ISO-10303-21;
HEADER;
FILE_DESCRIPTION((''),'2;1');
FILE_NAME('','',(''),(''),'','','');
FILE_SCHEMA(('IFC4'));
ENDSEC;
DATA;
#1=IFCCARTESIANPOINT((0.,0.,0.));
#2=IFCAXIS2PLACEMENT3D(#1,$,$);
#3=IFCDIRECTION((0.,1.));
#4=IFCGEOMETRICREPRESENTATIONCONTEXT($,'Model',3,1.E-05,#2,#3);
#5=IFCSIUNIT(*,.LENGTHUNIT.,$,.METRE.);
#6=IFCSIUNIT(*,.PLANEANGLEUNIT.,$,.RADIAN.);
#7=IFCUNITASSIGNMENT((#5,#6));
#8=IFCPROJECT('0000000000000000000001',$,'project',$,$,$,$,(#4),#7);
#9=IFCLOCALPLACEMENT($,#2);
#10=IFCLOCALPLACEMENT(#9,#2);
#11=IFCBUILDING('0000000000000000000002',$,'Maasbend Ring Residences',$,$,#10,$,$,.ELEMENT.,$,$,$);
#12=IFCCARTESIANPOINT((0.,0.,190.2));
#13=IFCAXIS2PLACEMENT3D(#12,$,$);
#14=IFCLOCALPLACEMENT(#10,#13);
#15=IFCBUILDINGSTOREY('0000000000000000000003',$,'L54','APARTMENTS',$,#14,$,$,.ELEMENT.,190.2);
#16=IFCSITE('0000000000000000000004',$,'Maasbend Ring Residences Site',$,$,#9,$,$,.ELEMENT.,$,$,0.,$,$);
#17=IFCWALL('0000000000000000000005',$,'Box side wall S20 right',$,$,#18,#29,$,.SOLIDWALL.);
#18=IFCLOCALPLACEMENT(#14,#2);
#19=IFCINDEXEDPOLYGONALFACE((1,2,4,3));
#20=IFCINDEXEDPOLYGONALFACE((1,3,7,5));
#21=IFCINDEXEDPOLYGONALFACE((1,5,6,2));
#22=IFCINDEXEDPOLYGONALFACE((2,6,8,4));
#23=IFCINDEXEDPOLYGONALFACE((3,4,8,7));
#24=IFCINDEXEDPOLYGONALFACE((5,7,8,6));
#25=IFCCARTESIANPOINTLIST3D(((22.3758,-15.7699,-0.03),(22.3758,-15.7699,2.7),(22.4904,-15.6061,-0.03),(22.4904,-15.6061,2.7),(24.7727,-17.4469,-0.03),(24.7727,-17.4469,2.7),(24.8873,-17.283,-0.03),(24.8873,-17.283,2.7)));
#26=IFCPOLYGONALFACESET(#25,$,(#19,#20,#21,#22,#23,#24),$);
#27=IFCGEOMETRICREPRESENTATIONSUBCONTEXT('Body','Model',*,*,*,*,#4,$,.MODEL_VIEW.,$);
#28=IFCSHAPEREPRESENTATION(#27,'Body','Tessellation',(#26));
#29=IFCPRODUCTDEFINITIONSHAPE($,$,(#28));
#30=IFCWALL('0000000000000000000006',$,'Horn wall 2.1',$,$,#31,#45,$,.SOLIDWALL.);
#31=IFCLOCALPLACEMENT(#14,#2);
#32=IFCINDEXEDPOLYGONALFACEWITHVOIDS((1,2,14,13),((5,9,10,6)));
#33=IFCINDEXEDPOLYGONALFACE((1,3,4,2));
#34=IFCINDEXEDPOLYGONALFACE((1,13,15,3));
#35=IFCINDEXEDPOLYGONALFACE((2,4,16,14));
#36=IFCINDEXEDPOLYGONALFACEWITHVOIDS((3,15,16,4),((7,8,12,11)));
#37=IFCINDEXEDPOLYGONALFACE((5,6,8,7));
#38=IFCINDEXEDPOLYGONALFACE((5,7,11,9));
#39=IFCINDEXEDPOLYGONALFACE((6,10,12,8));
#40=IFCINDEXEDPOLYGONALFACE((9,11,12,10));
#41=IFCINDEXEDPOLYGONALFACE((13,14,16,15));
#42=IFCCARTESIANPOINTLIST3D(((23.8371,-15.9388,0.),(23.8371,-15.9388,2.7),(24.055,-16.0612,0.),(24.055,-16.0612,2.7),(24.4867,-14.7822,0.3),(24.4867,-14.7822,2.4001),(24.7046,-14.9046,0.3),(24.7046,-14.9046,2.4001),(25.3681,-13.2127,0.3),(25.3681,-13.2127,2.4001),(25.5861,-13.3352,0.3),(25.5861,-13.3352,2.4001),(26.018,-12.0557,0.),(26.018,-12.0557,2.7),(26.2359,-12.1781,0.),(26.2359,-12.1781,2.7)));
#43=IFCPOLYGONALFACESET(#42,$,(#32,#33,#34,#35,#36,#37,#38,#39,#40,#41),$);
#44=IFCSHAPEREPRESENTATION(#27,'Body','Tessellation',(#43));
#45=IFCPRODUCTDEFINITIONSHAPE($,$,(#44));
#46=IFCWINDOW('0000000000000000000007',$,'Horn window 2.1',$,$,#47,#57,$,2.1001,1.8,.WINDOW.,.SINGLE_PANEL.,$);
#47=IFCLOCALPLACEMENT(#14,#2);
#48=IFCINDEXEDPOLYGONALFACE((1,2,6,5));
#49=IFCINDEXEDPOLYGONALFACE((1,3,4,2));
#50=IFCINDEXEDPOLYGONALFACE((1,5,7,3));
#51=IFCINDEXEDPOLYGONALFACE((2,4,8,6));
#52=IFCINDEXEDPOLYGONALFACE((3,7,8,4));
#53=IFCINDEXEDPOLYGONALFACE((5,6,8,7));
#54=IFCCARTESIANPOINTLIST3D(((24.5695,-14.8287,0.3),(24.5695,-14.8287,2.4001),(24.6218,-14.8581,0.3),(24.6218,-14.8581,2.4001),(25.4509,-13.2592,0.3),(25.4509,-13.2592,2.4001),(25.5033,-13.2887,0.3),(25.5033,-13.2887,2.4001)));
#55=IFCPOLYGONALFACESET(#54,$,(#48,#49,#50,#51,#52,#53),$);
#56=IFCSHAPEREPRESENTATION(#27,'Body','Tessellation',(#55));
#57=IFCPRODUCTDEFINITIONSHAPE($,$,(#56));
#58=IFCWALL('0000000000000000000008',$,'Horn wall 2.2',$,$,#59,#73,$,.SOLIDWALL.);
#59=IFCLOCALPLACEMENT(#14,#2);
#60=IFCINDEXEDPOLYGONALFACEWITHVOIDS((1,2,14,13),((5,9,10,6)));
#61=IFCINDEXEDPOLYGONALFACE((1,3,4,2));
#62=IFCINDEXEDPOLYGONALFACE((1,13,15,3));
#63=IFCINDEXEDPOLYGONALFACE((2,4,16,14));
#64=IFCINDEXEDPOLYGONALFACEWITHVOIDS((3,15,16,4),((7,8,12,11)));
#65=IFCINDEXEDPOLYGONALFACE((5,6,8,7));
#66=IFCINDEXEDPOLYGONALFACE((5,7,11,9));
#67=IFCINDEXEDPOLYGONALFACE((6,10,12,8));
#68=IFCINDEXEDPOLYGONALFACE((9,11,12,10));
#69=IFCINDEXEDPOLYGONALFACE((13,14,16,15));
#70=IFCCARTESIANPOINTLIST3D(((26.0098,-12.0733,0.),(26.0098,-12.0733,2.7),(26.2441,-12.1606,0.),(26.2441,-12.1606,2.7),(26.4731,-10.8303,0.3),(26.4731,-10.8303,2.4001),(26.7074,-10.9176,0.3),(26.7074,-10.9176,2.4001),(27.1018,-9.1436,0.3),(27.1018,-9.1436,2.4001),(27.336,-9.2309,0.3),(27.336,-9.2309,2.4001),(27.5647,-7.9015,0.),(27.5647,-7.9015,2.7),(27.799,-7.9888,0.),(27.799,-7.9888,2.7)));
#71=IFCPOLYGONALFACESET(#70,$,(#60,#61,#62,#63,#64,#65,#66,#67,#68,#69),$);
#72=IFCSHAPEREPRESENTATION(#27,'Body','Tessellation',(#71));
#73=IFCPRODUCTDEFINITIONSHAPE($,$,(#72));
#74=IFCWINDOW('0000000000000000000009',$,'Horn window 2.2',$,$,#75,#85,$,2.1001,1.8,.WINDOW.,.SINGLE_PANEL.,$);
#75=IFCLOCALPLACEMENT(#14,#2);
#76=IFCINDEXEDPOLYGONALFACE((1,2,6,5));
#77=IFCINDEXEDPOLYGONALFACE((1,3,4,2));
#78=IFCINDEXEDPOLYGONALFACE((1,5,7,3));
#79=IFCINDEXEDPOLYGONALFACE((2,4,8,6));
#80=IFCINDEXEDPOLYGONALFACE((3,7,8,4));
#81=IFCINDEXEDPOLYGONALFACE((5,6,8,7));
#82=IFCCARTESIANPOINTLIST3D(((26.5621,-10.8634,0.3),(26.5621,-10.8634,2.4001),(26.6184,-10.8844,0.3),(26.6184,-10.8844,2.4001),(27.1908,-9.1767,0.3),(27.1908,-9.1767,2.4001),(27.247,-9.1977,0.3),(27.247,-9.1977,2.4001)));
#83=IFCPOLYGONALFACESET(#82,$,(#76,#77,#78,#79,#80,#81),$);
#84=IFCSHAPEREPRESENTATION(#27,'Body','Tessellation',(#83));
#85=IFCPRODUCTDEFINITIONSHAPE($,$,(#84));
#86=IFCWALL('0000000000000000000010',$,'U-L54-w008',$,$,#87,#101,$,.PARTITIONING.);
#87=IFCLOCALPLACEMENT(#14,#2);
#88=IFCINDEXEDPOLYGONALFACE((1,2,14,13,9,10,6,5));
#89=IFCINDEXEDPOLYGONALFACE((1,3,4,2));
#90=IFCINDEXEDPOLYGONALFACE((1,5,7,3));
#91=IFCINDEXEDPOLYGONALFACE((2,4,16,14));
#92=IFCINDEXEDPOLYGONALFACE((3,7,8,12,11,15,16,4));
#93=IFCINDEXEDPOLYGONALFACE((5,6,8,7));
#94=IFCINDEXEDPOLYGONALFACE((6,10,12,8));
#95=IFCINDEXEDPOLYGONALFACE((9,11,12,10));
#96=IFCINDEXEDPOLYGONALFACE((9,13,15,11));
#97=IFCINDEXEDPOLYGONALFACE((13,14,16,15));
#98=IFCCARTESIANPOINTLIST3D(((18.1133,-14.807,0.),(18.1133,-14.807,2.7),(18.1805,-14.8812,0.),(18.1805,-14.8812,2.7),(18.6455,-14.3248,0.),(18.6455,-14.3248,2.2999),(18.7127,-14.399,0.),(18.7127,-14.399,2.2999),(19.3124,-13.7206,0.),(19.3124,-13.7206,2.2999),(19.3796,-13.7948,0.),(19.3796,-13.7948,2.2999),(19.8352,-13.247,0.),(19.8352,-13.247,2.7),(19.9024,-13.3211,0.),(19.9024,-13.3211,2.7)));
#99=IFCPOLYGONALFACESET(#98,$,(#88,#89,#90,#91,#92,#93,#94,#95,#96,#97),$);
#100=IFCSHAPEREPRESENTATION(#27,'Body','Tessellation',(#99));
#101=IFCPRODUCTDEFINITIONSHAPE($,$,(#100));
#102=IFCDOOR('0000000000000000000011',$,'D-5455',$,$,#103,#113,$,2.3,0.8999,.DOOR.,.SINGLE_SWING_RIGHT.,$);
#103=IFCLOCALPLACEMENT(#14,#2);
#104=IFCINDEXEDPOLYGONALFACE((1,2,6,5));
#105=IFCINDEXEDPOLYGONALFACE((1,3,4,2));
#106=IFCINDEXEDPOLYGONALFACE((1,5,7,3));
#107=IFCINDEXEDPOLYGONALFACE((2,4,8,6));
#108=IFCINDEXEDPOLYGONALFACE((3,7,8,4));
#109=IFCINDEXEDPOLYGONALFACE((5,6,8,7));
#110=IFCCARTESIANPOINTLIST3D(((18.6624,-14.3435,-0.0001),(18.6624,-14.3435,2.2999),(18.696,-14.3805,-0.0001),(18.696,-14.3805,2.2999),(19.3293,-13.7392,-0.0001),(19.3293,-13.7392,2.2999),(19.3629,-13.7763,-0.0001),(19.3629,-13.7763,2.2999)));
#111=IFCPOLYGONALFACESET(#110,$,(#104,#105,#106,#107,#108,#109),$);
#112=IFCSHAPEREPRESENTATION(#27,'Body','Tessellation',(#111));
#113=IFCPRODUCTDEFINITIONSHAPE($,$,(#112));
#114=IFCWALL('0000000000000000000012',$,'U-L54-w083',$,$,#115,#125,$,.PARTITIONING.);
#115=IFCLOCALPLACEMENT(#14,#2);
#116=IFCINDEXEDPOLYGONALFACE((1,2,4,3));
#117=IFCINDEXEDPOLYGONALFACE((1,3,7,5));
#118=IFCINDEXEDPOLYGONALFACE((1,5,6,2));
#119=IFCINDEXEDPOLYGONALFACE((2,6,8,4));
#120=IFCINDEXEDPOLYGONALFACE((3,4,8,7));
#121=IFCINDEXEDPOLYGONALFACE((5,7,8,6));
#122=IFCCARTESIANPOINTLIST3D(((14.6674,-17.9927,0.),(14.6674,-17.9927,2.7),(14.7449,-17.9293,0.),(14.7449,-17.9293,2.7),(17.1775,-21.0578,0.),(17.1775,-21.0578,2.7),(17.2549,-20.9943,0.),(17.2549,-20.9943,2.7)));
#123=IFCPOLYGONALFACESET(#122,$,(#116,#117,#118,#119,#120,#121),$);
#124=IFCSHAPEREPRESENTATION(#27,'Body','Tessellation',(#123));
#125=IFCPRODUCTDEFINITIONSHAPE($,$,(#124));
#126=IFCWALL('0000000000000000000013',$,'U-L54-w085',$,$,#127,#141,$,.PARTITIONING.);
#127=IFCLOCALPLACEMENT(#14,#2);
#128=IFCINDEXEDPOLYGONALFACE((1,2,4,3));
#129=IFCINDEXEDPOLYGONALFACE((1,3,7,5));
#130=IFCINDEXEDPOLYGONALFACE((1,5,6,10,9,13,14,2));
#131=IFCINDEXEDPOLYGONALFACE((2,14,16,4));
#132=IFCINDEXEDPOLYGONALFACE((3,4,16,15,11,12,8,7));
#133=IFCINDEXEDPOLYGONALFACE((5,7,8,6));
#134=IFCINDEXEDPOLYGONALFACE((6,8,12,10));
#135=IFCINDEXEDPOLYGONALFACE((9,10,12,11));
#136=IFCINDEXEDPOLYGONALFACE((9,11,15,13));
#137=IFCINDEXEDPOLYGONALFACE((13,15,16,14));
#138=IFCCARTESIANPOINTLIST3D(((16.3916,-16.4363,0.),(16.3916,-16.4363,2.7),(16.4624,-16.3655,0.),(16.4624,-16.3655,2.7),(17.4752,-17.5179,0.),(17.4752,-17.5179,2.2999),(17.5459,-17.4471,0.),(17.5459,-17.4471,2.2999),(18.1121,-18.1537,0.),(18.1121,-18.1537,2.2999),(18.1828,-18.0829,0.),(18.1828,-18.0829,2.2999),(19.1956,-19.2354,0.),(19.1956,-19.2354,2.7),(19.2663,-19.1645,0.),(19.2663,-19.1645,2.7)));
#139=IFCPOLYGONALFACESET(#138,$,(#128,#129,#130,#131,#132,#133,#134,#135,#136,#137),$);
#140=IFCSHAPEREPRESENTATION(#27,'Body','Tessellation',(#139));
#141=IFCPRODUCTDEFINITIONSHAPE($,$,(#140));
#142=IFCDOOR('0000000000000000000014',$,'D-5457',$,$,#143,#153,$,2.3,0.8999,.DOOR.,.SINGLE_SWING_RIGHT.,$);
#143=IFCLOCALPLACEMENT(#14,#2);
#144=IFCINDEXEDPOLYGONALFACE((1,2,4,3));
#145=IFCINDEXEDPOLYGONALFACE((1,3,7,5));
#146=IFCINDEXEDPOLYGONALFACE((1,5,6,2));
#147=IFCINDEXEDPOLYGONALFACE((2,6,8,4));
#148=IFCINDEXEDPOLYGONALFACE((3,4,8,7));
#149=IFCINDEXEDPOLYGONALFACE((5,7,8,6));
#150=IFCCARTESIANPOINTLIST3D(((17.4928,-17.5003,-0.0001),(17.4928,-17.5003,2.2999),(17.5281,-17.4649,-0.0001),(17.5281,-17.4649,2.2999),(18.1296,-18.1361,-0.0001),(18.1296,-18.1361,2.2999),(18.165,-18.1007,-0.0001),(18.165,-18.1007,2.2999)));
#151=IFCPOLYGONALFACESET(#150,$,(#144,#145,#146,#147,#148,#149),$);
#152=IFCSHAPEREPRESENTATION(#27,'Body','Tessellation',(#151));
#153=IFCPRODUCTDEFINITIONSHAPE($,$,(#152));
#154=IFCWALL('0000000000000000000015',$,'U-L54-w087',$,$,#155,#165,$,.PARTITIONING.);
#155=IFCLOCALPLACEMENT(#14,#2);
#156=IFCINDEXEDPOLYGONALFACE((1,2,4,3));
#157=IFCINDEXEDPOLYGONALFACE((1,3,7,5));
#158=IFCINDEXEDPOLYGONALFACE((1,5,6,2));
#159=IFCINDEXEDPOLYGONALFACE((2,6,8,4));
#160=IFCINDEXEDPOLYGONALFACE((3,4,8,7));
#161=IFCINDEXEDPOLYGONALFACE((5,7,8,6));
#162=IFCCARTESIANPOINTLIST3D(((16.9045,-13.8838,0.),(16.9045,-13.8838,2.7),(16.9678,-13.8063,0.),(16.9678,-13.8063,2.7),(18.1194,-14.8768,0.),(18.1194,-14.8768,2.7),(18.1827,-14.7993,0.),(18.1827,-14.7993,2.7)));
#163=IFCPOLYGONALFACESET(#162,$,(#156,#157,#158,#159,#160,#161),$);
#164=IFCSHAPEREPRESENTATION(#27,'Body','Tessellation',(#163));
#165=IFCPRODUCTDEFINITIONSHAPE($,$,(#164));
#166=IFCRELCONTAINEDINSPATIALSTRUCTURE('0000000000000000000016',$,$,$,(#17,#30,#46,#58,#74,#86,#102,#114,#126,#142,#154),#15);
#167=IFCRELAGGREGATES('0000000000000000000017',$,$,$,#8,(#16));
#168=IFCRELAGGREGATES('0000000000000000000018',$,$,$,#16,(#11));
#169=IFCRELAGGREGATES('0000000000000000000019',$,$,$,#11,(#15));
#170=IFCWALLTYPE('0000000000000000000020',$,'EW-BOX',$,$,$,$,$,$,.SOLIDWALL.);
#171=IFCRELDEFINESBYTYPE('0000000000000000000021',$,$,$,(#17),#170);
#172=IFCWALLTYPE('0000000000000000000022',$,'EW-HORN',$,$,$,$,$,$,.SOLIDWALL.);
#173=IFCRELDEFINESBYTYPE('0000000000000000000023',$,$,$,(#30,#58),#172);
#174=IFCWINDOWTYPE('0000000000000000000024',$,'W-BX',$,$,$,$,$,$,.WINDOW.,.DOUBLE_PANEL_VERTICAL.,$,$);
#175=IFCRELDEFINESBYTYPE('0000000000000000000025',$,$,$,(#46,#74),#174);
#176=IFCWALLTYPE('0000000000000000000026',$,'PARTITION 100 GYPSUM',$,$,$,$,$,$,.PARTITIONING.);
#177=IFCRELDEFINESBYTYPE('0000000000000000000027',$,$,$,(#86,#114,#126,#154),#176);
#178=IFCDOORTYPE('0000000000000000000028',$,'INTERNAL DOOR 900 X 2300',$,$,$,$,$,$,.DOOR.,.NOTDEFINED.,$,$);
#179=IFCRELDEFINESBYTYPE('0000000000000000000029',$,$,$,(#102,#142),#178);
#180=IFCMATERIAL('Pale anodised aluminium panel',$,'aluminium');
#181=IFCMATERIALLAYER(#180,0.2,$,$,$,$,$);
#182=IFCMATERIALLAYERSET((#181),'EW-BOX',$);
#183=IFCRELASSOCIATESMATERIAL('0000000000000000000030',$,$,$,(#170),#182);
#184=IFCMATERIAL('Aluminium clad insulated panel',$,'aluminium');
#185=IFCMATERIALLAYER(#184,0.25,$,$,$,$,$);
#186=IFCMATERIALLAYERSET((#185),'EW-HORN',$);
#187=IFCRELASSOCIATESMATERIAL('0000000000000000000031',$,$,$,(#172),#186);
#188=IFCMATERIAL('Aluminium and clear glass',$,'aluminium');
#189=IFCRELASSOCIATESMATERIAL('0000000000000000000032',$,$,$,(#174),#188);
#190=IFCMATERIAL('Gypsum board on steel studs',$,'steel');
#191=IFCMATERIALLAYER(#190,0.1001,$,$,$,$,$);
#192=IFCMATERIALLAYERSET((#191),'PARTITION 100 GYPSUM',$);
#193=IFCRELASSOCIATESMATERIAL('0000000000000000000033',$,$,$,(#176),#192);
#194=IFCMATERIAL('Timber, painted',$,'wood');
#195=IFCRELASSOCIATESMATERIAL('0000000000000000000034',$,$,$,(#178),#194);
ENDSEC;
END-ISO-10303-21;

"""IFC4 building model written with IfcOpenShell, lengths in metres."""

from ifc_helpers import new_model, si_unit, direction, frame, frame_2d, origin, place, context, subcontext, project, spatial, rectangle, extrude, material, layer, layer_set, type_object, element, fill, save


model = new_model("IFC4")

# Units and contexts
model_context = context("Model", 3, precision=1e-05, world=origin(), true_north=direction((0.0, 1.0)))
body_context = subcontext(model_context, "Body", "Model", "MODEL_VIEW")
ifc_project = project(units=[si_unit("LENGTHUNIT", "METRE"), si_unit("PLANEANGLEUNIT", "RADIAN")], contexts=[model_context])

# Site, building, storey
site_placement = place(None, origin())
site = spatial("IfcSite", under=ifc_project, at=site_placement, Name="Maasbend Ring Residences Site", CompositionType="ELEMENT", RefElevation=0.0)
building_placement = place(site_placement, origin())
building = spatial("IfcBuilding", under=site, at=building_placement, Name="Maasbend Ring Residences", CompositionType="ELEMENT")
storey_placement = place(building_placement, frame((0.0, 0.0, 190.2)))
storey = spatial("IfcBuildingStorey", under=building, at=storey_placement, Name="L54", Description="APARTMENTS", CompositionType="ELEMENT", Elevation=190.2)

# Wall
ifc_material_1 = material(Name="Pale anodised aluminium panel", Category="aluminium")
ifc_layer_1 = layer(ifc_material_1, 0.2)
ifc_layer_set_1 = layer_set([ifc_layer_1], Name="EW-BOX")
wall_type_1 = type_object("IfcWallType", Name="EW-BOX", PredefinedType="SOLIDWALL", material=ifc_layer_set_1)
wall_1_placement = place(storey_placement, frame((22.4331, -15.688, -0.03), z_axis=(0.0, 0.0, 1.0), x_axis=(0.819373, -0.573261, 0.0)))
element("IfcWall", 1, at=wall_1_placement, inside=storey, type_object=wall_type_1, Name="Box side wall S20 right", PredefinedType="SOLIDWALL", context=body_context, shape_type="SweptSolid", body=[
    extrude(rectangle(XDim=2.9253, YDim=0.2, at=frame_2d((1.4626, 0.0))), origin(), (0.0, 0.0, 1.0), 2.73),
])

# Walls, openings, windows
ifc_material_2 = material(Name="Aluminium clad insulated panel", Category="aluminium")
ifc_layer_2 = layer(ifc_material_2, 0.25)
ifc_layer_set_2 = layer_set([ifc_layer_2], Name="EW-HORN")
wall_type_2 = type_object("IfcWallType", Name="EW-HORN", PredefinedType="SOLIDWALL", material=ifc_layer_set_2)
wall_2_placement = place(storey_placement, frame((23.946, -16.0, 0.0), z_axis=(0.0, 0.0, 1.0), x_axis=(0.489696, 0.871893, 0.0)))
wall_2 = element("IfcWall", 2, at=wall_2_placement, inside=storey, type_object=wall_type_2, Name="Horn wall 2.1", PredefinedType="SOLIDWALL", context=body_context, shape_type="SweptSolid", body=[
    extrude(rectangle(XDim=4.4536, YDim=0.25, at=frame_2d((2.2268, 0.0))), origin(), (0.0, 0.0, 1.0), 2.7),
])
opening_1_placement = place(wall_2_placement, frame((1.3267, 0.0, 0.3)))
opening_1 = element("IfcOpeningElement", 3, at=opening_1_placement, cuts=wall_2, PredefinedType="OPENING", context=body_context, shape_type="SweptSolid", body=[
    extrude(rectangle(XDim=1.8, YDim=2.1001, at=frame_2d((0.8999, 1.05))), frame((0.0, 0.135, 0.0), z_axis=(0.0, -1.0, 0.0), x_axis=(1.0, 0.0, 0.0)), (0.0, 0.0, 1.0), 0.27),
])
ifc_material_3 = material(Name="Aluminium and clear glass", Category="aluminium")
window_type = type_object("IfcWindowType", Name="W-BX", PartitioningType="DOUBLE_PANEL_VERTICAL", PredefinedType="WINDOW", material=ifc_material_3)
window_1_placement = place(opening_1_placement, origin())
window_1 = element("IfcWindow", 4, at=window_1_placement, inside=storey, type_object=window_type, Name="Horn window 2.1", OverallHeight=2.1001, OverallWidth=1.8, PartitioningType="SINGLE_PANEL", PredefinedType="WINDOW", context=body_context, shape_type="SweptSolid", body=[
    extrude(rectangle(XDim=1.8, YDim=2.1001, at=frame_2d((0.8999, 1.05))), frame((0.0, 0.03, 0.0), z_axis=(0.0, -1.0, 0.0), x_axis=(1.0, 0.0, 0.0)), (0.0, 0.0, 1.0), 0.0601),
])
fill(opening_1, window_1)
wall_3_placement = place(storey_placement, frame((26.127, -12.1169, 0.0), z_axis=(0.0, 0.0, 1.0), x_axis=(0.349248, 0.93703, 0.0)))
wall_3 = element("IfcWall", 5, at=wall_3_placement, inside=storey, type_object=wall_type_2, Name="Horn wall 2.2", PredefinedType="SOLIDWALL", context=body_context, shape_type="SweptSolid", body=[
    extrude(rectangle(XDim=4.4521, YDim=0.25, at=frame_2d((2.2261, 0.0))), origin(), (0.0, 0.0, 1.0), 2.7),
])
opening_2_placement = place(wall_3_placement, frame((1.3267, 0.0, 0.3)))
opening_2 = element("IfcOpeningElement", 6, at=opening_2_placement, cuts=wall_3, PredefinedType="OPENING", context=body_context, shape_type="SweptSolid", body=[
    extrude(rectangle(XDim=1.8, YDim=2.1001, at=frame_2d((0.8999, 1.05))), frame((0.0, 0.135, 0.0), z_axis=(0.0, -1.0, 0.0), x_axis=(1.0, 0.0, 0.0)), (0.0, 0.0, 1.0), 0.27),
])
window_2_placement = place(opening_2_placement, origin())
window_2 = element("IfcWindow", 7, at=window_2_placement, inside=storey, type_object=window_type, Name="Horn window 2.2", OverallHeight=2.1001, OverallWidth=1.8, PartitioningType="SINGLE_PANEL", PredefinedType="WINDOW", context=body_context, shape_type="SweptSolid", body=[
    extrude(rectangle(XDim=1.8, YDim=2.1001, at=frame_2d((0.8999, 1.05))), frame((0.0, 0.03, 0.0), z_axis=(0.0, -1.0, 0.0), x_axis=(1.0, 0.0, 0.0)), (0.0, 0.0, 1.0), 0.0601),
])
fill(opening_2, window_2)

# Wall, opening, door
ifc_material_4 = material(Name="Gypsum board on steel studs", Category="steel")
ifc_layer_3 = layer(ifc_material_4, 0.1001)
ifc_layer_set_3 = layer_set([ifc_layer_3], Name="PARTITION 100 GYPSUM")
wall_type_3 = type_object("IfcWallType", Name="PARTITION 100 GYPSUM", PredefinedType="PARTITIONING", material=ifc_layer_set_3)
wall_4_placement = place(storey_placement, frame((18.147, -14.844, 0.0), z_axis=(0.0, 0.0, 1.0), x_axis=(0.74108, 0.671417, 0.0)))
wall_4 = element("IfcWall", 8, at=wall_4_placement, inside=storey, type_object=wall_type_3, Name="U-L54-w008", PredefinedType="PARTITIONING", context=body_context, shape_type="SweptSolid", body=[
    extrude(rectangle(XDim=2.3235, YDim=0.1001, at=frame_2d((1.1616, 0.0))), origin(), (0.0, 0.0, 1.0), 2.7),
])
opening_3_placement = place(wall_4_placement, frame((0.718, 0.0, 0.0)))
opening_3 = element("IfcOpeningElement", 9, at=opening_3_placement, cuts=wall_4, PredefinedType="OPENING", context=body_context, shape_type="SweptSolid", body=[
    extrude(rectangle(XDim=0.8999, YDim=2.3, at=frame_2d((0.45, 1.1499))), frame((0.0, 0.0601, 0.0), z_axis=(0.0, -1.0, 0.0), x_axis=(1.0, 0.0, 0.0)), (0.0, 0.0, 1.0), 0.1201),
])
ifc_material_5 = material(Name="Timber, painted", Category="wood")
door_type_1 = type_object("IfcDoorType", Name="INTERNAL DOOR 900 X 2300", OperationType="NOTDEFINED", PredefinedType="DOOR", material=ifc_material_5)
door_1_placement = place(opening_3_placement, origin())
door_1 = element("IfcDoor", 10, at=door_1_placement, inside=storey, type_object=door_type_1, Name="D-5455", OperationType="SINGLE_SWING_RIGHT", OverallHeight=2.3, OverallWidth=0.8999, PredefinedType="DOOR", context=body_context, shape_type="SweptSolid", body=[
    extrude(rectangle(XDim=0.8999, YDim=2.3, at=frame_2d((0.45, 1.1499))), frame((0.0, 0.0249, 0.0), z_axis=(0.0, -1.0, 0.0), x_axis=(1.0, 0.0, 0.0)), (0.0, 0.0, 1.0), 0.05),
])
fill(opening_3, door_1)

# Wall
wall_5_placement = place(storey_placement, frame((14.7061, -17.9609, 0.0), z_axis=(0.0, 0.0, 1.0), x_axis=(0.63359, -0.773669, 0.0)))
element("IfcWall", 11, at=wall_5_placement, inside=storey, type_object=wall_type_3, Name="U-L54-w083", PredefinedType="PARTITIONING", context=body_context, shape_type="SweptSolid", body=[
    extrude(rectangle(XDim=3.9617, YDim=0.1001, at=frame_2d((1.981, 0.0))), origin(), (0.0, 0.0, 1.0), 2.7),
])

# Wall, opening, door
wall_6_placement = place(storey_placement, frame((16.427, -16.4009, 0.0), z_axis=(0.0, 0.0, 1.0), x_axis=(0.707723, -0.70649, 0.0)))
wall_6 = element("IfcWall", 12, at=wall_6_placement, inside=storey, type_object=wall_type_3, Name="U-L54-w085", PredefinedType="PARTITIONING", context=body_context, shape_type="SweptSolid", body=[
    extrude(rectangle(XDim=3.9619, YDim=0.1001, at=frame_2d((1.981, 0.0))), origin(), (0.0, 0.0, 1.0), 2.7),
])
opening_4_placement = place(wall_6_placement, frame((1.531, 0.0, 0.0)))
opening_4 = element("IfcOpeningElement", 13, at=opening_4_placement, cuts=wall_6, PredefinedType="OPENING", context=body_context, shape_type="SweptSolid", body=[
    extrude(rectangle(XDim=0.8999, YDim=2.3, at=frame_2d((0.45, 1.1499))), frame((0.0, 0.0601, 0.0), z_axis=(0.0, -1.0, 0.0), x_axis=(1.0, 0.0, 0.0)), (0.0, 0.0, 1.0), 0.1201),
])
door_2_placement = place(opening_4_placement, origin())
door_2 = element("IfcDoor", 14, at=door_2_placement, inside=storey, type_object=door_type_1, Name="D-5457", OperationType="SINGLE_SWING_RIGHT", OverallHeight=2.3, OverallWidth=0.8999, PredefinedType="DOOR", context=body_context, shape_type="SweptSolid", body=[
    extrude(rectangle(XDim=0.8999, YDim=2.3, at=frame_2d((0.45, 1.1499))), frame((0.0, 0.0249, 0.0), z_axis=(0.0, -1.0, 0.0), x_axis=(1.0, 0.0, 0.0)), (0.0, 0.0, 1.0), 0.05),
])
fill(opening_4, door_2)

# Wall
wall_7_placement = place(storey_placement, frame((16.936, -13.845, 0.0), z_axis=(0.0, 0.0, 1.0), x_axis=(0.774283, -0.632839, 0.0)))
element("IfcWall", 15, at=wall_7_placement, inside=storey, type_object=wall_type_3, Name="U-L54-w087", PredefinedType="PARTITIONING", context=body_context, shape_type="SweptSolid", body=[
    extrude(rectangle(XDim=1.5691, YDim=0.1001, at=frame_2d((0.7847, 0.0))), origin(), (0.0, 0.0, 1.0), 2.7),
])

save(model, "model.ifc")
